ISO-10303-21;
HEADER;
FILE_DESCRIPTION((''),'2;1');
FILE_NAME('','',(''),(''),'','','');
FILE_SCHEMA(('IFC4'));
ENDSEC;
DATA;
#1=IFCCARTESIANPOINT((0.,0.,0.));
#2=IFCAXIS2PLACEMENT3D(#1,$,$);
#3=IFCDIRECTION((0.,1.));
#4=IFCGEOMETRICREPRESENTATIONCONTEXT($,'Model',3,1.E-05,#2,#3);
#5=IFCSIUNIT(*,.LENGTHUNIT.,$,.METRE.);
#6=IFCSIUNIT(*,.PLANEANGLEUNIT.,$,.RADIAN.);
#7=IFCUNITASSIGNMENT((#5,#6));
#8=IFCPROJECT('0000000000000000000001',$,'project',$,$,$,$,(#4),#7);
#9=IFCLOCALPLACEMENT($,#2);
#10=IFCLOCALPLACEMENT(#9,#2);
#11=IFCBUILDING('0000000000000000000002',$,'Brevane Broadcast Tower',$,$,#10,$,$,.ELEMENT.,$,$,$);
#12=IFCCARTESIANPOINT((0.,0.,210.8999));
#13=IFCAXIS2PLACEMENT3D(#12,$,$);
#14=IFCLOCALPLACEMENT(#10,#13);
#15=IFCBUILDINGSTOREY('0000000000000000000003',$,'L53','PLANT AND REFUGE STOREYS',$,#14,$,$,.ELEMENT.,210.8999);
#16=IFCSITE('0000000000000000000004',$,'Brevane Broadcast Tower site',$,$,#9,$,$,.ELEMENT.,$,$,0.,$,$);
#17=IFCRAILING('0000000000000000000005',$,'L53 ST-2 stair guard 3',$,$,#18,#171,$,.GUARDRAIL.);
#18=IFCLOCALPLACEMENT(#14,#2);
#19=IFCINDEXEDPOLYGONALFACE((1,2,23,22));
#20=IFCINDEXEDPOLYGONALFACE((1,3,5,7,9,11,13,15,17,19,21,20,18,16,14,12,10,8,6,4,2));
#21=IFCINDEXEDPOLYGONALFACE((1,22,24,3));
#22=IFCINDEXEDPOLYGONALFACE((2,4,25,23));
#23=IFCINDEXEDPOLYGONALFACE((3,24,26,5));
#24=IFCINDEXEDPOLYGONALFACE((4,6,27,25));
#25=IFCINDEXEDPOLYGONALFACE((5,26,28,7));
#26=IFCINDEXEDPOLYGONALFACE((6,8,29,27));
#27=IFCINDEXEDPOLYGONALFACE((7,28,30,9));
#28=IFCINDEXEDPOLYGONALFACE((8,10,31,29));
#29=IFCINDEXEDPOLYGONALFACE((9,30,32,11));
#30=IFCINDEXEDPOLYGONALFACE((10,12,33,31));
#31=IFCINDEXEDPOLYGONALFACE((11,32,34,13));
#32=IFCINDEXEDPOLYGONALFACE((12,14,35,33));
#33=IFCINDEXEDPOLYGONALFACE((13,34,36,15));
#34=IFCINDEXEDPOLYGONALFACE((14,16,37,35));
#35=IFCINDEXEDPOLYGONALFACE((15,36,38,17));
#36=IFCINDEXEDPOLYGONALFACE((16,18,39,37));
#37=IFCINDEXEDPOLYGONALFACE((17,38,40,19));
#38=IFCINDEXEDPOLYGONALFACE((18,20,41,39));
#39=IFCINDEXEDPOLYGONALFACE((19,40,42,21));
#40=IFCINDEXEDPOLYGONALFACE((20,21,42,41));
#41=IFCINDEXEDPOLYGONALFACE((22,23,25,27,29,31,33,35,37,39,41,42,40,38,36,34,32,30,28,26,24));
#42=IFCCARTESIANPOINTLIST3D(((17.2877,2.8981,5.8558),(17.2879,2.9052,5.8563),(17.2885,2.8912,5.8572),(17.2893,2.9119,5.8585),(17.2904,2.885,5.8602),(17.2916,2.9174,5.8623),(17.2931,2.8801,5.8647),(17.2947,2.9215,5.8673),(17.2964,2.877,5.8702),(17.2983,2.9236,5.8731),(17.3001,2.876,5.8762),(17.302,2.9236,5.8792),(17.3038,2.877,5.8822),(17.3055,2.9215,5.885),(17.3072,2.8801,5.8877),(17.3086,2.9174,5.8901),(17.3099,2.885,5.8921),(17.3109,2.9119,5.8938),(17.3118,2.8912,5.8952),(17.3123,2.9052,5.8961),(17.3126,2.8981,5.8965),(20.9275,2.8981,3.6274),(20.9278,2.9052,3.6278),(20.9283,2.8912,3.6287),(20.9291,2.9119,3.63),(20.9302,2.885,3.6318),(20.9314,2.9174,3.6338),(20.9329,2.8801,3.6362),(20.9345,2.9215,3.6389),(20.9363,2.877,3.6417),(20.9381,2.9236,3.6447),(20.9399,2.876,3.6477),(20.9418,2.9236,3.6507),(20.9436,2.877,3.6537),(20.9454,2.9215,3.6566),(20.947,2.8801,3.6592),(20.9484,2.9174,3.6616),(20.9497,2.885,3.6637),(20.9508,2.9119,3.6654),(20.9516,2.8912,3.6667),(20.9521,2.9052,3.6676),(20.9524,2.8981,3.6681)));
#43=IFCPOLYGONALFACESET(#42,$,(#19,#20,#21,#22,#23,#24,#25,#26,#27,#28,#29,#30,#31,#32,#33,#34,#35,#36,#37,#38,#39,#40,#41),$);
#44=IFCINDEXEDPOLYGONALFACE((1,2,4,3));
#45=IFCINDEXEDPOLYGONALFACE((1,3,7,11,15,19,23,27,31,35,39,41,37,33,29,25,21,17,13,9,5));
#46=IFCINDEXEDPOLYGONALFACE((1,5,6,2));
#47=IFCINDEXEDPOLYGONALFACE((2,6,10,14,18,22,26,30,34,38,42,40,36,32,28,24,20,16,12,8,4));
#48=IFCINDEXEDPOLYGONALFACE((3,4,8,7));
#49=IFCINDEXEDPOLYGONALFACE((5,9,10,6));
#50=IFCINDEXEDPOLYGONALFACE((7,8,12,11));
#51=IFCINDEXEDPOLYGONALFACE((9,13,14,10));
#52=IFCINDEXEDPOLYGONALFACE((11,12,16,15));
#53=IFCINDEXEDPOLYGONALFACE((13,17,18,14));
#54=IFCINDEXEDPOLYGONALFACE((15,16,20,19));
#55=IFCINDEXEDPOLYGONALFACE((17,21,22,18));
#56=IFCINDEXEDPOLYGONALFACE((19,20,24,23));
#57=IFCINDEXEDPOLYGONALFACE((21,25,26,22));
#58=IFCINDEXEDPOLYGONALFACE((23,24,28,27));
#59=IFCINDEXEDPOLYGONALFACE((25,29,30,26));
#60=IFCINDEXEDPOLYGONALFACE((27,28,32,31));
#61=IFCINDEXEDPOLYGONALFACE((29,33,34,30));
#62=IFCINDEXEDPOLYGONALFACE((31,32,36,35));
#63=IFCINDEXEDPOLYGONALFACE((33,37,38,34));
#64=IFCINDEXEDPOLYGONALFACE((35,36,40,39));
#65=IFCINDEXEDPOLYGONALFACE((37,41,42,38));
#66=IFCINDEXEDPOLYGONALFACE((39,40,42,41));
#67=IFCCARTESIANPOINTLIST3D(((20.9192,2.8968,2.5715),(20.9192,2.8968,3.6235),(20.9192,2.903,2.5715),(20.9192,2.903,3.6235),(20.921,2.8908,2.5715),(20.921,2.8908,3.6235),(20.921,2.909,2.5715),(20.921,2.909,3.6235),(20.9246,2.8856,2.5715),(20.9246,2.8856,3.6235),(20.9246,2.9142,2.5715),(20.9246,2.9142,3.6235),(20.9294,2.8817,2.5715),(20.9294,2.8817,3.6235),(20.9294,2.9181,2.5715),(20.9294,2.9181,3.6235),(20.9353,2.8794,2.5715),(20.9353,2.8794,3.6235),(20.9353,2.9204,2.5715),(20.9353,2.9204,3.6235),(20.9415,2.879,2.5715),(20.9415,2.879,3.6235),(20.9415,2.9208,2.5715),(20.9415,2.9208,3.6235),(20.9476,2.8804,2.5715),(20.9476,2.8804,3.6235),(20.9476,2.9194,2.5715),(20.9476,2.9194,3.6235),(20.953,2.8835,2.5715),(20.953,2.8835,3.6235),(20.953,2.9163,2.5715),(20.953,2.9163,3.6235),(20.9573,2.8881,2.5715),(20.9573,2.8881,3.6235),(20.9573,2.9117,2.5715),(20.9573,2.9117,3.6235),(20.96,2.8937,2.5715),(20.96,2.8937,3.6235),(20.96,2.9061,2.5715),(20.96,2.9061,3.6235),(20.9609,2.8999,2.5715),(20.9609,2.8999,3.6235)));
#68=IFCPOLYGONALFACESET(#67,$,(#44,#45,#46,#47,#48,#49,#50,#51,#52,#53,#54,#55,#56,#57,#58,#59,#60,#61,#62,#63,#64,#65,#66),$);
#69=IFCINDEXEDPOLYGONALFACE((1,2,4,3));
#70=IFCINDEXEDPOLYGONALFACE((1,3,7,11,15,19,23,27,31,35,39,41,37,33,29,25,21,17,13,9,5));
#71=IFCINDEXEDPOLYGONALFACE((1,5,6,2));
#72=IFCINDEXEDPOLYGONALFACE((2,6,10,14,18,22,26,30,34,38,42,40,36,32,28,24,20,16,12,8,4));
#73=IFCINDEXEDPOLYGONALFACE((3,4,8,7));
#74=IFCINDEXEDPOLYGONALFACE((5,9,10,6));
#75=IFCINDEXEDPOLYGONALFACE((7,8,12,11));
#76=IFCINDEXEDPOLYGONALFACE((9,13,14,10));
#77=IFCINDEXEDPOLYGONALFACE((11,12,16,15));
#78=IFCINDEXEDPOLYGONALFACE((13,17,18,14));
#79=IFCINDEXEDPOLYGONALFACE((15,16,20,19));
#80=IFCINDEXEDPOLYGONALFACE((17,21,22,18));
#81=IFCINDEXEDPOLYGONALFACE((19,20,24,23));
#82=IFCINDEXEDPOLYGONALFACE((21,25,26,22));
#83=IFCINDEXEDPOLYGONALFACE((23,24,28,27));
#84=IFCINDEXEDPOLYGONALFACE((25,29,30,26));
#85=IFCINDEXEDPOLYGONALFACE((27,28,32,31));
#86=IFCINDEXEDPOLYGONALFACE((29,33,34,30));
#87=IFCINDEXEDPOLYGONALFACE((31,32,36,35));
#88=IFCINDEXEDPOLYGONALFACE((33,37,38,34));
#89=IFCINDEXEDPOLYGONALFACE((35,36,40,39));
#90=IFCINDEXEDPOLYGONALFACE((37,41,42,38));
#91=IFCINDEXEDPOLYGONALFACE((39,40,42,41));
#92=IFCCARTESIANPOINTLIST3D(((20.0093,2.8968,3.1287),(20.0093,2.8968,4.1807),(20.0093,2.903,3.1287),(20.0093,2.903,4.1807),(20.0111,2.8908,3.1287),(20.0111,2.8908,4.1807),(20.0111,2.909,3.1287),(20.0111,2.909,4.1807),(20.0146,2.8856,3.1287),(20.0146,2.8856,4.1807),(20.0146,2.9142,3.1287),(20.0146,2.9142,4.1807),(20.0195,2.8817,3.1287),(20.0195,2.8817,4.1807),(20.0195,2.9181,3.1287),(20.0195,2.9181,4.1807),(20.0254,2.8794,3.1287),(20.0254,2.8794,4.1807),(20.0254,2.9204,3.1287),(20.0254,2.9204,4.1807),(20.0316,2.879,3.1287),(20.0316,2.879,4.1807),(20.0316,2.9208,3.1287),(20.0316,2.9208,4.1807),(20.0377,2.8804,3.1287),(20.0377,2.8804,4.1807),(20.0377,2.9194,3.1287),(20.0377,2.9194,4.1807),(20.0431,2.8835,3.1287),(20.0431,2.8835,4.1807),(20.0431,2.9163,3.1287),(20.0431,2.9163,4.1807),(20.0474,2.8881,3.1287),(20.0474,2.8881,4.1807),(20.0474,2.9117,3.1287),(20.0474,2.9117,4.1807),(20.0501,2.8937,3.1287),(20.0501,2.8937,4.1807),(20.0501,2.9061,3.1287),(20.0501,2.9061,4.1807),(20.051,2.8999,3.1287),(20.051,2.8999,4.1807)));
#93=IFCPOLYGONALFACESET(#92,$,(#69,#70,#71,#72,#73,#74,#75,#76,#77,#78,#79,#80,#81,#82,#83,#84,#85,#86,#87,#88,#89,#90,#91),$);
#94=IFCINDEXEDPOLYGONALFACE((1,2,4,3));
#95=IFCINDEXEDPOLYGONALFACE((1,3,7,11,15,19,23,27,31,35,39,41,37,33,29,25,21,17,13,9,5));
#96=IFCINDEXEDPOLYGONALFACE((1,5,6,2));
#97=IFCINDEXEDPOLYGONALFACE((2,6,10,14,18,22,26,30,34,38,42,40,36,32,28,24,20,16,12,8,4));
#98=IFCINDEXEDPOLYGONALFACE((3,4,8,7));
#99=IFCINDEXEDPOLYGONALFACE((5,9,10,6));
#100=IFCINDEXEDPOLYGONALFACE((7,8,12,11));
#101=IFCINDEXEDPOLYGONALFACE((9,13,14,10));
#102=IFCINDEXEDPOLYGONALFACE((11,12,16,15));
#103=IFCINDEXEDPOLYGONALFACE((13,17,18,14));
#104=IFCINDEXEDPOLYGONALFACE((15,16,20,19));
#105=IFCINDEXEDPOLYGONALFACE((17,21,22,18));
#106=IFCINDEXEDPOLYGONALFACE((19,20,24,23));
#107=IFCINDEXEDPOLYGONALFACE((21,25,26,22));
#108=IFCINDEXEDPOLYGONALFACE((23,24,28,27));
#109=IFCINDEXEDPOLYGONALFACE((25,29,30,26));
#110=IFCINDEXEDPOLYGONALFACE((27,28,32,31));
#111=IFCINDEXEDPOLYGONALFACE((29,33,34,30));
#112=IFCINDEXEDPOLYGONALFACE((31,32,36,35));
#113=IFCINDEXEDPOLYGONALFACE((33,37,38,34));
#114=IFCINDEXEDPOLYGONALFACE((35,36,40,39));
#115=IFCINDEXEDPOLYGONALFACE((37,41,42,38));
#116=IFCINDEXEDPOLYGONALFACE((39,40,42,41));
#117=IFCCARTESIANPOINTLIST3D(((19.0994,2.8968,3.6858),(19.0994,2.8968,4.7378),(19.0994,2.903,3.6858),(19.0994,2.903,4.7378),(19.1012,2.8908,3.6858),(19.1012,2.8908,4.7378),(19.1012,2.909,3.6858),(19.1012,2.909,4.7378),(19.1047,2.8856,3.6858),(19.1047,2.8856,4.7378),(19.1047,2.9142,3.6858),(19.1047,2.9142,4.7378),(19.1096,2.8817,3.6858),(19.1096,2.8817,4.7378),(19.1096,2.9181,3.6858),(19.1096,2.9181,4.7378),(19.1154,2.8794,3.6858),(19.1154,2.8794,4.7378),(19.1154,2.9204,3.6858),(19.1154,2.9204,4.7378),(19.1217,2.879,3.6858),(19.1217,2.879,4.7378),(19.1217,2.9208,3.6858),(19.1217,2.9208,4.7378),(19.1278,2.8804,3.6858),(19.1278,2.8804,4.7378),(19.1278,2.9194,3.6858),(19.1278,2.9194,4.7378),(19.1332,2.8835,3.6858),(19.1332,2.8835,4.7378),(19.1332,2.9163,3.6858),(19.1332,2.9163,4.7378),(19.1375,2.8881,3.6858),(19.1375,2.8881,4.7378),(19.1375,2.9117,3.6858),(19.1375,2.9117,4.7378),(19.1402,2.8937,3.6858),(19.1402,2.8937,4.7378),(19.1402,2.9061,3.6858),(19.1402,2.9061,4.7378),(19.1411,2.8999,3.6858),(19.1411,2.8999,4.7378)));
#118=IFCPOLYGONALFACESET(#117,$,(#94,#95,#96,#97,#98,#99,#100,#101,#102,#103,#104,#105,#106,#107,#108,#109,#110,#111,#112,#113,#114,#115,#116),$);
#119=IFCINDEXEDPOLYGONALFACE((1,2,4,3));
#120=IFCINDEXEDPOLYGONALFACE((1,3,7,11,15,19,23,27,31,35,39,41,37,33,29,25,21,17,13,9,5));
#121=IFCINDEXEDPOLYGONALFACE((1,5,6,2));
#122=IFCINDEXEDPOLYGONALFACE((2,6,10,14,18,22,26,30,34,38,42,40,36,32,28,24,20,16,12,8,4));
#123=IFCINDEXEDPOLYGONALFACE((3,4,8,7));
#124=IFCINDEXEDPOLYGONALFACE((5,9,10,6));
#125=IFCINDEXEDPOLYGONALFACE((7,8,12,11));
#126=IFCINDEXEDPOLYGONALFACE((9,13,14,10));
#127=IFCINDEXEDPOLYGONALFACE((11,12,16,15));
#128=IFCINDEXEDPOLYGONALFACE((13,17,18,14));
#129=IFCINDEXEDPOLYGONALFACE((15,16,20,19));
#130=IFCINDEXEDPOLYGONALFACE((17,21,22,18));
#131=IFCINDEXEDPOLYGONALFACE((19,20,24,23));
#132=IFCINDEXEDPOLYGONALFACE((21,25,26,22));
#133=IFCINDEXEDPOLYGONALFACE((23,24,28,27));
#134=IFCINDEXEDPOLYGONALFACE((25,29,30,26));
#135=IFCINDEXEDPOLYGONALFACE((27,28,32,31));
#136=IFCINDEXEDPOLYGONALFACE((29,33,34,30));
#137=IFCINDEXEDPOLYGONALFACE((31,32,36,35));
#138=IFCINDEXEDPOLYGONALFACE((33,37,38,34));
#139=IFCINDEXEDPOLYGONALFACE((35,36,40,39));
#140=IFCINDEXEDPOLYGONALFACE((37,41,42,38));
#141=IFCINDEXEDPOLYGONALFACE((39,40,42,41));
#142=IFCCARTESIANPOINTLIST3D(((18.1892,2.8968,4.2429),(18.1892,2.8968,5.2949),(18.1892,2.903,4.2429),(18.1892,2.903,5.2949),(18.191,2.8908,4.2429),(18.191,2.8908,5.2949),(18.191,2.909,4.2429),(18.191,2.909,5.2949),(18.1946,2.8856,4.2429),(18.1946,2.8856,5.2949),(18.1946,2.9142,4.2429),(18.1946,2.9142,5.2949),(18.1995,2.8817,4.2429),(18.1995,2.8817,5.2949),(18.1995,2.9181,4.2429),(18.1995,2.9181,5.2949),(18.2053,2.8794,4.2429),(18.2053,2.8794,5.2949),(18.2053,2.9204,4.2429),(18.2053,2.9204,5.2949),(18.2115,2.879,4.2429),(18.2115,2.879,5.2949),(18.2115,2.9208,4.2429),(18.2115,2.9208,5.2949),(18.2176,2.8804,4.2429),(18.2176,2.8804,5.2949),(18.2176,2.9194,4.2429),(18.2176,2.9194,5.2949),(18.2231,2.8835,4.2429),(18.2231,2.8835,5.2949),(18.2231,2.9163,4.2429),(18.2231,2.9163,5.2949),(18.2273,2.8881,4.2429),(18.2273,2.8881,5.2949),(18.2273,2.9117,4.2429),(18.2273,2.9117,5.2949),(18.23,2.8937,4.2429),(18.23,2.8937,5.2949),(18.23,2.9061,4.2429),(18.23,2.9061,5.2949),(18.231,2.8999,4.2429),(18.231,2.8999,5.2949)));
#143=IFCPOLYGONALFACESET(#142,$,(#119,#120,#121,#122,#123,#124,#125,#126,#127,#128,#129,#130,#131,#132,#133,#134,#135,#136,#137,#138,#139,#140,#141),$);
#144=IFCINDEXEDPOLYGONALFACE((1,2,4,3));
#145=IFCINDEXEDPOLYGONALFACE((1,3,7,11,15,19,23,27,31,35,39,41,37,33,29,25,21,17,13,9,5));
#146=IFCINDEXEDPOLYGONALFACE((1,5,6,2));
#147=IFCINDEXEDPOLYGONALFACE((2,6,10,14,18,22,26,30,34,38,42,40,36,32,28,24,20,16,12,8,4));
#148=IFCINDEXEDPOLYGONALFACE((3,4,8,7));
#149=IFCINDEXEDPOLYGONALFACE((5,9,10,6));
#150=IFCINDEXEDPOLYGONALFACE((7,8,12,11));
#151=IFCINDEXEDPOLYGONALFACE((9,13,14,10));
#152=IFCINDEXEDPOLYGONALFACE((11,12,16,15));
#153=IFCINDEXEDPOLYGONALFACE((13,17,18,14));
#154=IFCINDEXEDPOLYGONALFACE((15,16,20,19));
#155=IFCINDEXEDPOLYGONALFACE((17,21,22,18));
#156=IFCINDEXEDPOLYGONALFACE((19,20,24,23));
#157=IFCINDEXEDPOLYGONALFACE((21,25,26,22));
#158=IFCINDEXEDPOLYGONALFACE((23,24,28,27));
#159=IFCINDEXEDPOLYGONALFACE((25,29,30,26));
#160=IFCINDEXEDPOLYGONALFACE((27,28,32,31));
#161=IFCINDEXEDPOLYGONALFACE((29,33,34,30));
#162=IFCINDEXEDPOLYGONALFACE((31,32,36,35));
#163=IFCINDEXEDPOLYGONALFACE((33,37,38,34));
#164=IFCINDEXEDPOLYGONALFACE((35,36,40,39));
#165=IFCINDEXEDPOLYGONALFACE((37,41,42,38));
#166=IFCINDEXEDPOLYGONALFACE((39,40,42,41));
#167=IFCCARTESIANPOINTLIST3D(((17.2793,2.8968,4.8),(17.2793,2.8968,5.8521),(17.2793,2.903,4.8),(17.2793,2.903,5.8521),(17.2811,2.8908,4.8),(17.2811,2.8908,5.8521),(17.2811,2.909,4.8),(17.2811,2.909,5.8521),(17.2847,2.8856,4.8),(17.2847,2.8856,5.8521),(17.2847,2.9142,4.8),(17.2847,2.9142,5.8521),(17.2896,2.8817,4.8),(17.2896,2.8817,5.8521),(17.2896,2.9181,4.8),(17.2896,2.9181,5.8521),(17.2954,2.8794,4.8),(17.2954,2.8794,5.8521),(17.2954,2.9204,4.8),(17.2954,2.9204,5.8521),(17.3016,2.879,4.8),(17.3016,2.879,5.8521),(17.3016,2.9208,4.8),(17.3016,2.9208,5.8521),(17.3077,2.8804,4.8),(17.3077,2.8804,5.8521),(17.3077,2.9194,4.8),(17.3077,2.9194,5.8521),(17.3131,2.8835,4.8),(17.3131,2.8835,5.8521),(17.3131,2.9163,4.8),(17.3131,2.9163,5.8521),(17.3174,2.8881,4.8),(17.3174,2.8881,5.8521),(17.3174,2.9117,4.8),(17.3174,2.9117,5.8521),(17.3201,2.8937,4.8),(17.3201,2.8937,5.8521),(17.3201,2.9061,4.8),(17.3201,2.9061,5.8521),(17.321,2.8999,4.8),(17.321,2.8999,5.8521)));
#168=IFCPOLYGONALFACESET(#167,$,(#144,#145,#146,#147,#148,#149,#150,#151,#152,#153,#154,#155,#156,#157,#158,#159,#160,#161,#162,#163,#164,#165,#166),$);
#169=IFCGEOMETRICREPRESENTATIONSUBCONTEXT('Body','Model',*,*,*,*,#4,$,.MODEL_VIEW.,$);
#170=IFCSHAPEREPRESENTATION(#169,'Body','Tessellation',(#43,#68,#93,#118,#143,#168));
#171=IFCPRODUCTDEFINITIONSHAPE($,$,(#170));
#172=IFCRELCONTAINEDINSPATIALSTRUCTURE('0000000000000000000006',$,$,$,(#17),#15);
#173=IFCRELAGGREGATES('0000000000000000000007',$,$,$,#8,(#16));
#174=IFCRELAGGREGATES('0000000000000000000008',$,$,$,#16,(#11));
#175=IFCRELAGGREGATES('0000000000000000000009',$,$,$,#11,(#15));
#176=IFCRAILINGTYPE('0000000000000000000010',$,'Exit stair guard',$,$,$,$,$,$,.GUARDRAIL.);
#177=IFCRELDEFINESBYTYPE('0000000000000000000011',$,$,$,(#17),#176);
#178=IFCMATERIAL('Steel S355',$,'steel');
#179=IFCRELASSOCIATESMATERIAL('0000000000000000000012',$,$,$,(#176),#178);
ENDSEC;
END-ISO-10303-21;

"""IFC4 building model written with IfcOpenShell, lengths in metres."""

from ifc_helpers import new_model, si_unit, direction, frame, origin, origin_2d, place, context, subcontext, project, spatial, circle, extrude, material, type_object, element, save


model = new_model("IFC4")

# Units and contexts
model_context = context("Model", 3, precision=1e-05, world=origin(), true_north=direction((0.0, 1.0)))
body_context = subcontext(model_context, "Body", "Model", "MODEL_VIEW")
ifc_project = project(units=[si_unit("LENGTHUNIT", "METRE"), si_unit("PLANEANGLEUNIT", "RADIAN")], contexts=[model_context])

# Site, building, storey
site_placement = place(None, origin())
site = spatial("IfcSite", under=ifc_project, at=site_placement, Name="Brevane Broadcast Tower site", CompositionType="ELEMENT", RefElevation=0.0)
building_placement = place(site_placement, origin())
building = spatial("IfcBuilding", under=site, at=building_placement, Name="Brevane Broadcast Tower", CompositionType="ELEMENT")
storey_placement = place(building_placement, frame((0.0, 0.0, 210.8999)))
storey = spatial("IfcBuildingStorey", under=building, at=storey_placement, Name="L53", Description="PLANT AND REFUGE STOREYS", CompositionType="ELEMENT", Elevation=210.8999)

# Railing
ifc_material_1 = material(Name="Steel S355", Category="steel")
railing_type_1 = type_object("IfcRailingType", Name="Exit stair guard", PredefinedType="GUARDRAIL", material=ifc_material_1)
railing_1_placement = place(storey_placement, frame((20.9399, 2.8999, 2.5715)))
element("IfcRailing", 1, at=railing_1_placement, inside=storey, type_object=railing_type_1, Name="L53 ST-2 stair guard 3", PredefinedType="GUARDRAIL", context=body_context, shape_type="SweptSolid", body=[
    extrude(circle(Radius=0.0239, at=origin_2d()), frame((0.0, 0.0, 1.0762), z_axis=(-0.85285, 0.0, 0.522156), x_axis=(0.0, -1.0, 0.0)), (0.0, 0.0, 1.0), 4.2678),
    extrude(circle(Radius=0.021, at=origin_2d()), origin(), (0.0, 0.0, 1.0), 1.052),
    extrude(circle(Radius=0.021, at=origin_2d()), frame((-0.9099, 0.0, 0.5571)), (0.0, 0.0, 1.0), 1.052),
    extrude(circle(Radius=0.021, at=origin_2d()), frame((-1.8198, 0.0, 1.1143)), (0.0, 0.0, 1.0), 1.052),
    extrude(circle(Radius=0.021, at=origin_2d()), frame((-2.73, 0.0, 1.6714)), (0.0, 0.0, 1.0), 1.052),
    extrude(circle(Radius=0.021, at=origin_2d()), frame((-3.6399, 0.0, 2.2285)), (0.0, 0.0, 1.0), 1.052),
])

save(model, "model.ifc")
